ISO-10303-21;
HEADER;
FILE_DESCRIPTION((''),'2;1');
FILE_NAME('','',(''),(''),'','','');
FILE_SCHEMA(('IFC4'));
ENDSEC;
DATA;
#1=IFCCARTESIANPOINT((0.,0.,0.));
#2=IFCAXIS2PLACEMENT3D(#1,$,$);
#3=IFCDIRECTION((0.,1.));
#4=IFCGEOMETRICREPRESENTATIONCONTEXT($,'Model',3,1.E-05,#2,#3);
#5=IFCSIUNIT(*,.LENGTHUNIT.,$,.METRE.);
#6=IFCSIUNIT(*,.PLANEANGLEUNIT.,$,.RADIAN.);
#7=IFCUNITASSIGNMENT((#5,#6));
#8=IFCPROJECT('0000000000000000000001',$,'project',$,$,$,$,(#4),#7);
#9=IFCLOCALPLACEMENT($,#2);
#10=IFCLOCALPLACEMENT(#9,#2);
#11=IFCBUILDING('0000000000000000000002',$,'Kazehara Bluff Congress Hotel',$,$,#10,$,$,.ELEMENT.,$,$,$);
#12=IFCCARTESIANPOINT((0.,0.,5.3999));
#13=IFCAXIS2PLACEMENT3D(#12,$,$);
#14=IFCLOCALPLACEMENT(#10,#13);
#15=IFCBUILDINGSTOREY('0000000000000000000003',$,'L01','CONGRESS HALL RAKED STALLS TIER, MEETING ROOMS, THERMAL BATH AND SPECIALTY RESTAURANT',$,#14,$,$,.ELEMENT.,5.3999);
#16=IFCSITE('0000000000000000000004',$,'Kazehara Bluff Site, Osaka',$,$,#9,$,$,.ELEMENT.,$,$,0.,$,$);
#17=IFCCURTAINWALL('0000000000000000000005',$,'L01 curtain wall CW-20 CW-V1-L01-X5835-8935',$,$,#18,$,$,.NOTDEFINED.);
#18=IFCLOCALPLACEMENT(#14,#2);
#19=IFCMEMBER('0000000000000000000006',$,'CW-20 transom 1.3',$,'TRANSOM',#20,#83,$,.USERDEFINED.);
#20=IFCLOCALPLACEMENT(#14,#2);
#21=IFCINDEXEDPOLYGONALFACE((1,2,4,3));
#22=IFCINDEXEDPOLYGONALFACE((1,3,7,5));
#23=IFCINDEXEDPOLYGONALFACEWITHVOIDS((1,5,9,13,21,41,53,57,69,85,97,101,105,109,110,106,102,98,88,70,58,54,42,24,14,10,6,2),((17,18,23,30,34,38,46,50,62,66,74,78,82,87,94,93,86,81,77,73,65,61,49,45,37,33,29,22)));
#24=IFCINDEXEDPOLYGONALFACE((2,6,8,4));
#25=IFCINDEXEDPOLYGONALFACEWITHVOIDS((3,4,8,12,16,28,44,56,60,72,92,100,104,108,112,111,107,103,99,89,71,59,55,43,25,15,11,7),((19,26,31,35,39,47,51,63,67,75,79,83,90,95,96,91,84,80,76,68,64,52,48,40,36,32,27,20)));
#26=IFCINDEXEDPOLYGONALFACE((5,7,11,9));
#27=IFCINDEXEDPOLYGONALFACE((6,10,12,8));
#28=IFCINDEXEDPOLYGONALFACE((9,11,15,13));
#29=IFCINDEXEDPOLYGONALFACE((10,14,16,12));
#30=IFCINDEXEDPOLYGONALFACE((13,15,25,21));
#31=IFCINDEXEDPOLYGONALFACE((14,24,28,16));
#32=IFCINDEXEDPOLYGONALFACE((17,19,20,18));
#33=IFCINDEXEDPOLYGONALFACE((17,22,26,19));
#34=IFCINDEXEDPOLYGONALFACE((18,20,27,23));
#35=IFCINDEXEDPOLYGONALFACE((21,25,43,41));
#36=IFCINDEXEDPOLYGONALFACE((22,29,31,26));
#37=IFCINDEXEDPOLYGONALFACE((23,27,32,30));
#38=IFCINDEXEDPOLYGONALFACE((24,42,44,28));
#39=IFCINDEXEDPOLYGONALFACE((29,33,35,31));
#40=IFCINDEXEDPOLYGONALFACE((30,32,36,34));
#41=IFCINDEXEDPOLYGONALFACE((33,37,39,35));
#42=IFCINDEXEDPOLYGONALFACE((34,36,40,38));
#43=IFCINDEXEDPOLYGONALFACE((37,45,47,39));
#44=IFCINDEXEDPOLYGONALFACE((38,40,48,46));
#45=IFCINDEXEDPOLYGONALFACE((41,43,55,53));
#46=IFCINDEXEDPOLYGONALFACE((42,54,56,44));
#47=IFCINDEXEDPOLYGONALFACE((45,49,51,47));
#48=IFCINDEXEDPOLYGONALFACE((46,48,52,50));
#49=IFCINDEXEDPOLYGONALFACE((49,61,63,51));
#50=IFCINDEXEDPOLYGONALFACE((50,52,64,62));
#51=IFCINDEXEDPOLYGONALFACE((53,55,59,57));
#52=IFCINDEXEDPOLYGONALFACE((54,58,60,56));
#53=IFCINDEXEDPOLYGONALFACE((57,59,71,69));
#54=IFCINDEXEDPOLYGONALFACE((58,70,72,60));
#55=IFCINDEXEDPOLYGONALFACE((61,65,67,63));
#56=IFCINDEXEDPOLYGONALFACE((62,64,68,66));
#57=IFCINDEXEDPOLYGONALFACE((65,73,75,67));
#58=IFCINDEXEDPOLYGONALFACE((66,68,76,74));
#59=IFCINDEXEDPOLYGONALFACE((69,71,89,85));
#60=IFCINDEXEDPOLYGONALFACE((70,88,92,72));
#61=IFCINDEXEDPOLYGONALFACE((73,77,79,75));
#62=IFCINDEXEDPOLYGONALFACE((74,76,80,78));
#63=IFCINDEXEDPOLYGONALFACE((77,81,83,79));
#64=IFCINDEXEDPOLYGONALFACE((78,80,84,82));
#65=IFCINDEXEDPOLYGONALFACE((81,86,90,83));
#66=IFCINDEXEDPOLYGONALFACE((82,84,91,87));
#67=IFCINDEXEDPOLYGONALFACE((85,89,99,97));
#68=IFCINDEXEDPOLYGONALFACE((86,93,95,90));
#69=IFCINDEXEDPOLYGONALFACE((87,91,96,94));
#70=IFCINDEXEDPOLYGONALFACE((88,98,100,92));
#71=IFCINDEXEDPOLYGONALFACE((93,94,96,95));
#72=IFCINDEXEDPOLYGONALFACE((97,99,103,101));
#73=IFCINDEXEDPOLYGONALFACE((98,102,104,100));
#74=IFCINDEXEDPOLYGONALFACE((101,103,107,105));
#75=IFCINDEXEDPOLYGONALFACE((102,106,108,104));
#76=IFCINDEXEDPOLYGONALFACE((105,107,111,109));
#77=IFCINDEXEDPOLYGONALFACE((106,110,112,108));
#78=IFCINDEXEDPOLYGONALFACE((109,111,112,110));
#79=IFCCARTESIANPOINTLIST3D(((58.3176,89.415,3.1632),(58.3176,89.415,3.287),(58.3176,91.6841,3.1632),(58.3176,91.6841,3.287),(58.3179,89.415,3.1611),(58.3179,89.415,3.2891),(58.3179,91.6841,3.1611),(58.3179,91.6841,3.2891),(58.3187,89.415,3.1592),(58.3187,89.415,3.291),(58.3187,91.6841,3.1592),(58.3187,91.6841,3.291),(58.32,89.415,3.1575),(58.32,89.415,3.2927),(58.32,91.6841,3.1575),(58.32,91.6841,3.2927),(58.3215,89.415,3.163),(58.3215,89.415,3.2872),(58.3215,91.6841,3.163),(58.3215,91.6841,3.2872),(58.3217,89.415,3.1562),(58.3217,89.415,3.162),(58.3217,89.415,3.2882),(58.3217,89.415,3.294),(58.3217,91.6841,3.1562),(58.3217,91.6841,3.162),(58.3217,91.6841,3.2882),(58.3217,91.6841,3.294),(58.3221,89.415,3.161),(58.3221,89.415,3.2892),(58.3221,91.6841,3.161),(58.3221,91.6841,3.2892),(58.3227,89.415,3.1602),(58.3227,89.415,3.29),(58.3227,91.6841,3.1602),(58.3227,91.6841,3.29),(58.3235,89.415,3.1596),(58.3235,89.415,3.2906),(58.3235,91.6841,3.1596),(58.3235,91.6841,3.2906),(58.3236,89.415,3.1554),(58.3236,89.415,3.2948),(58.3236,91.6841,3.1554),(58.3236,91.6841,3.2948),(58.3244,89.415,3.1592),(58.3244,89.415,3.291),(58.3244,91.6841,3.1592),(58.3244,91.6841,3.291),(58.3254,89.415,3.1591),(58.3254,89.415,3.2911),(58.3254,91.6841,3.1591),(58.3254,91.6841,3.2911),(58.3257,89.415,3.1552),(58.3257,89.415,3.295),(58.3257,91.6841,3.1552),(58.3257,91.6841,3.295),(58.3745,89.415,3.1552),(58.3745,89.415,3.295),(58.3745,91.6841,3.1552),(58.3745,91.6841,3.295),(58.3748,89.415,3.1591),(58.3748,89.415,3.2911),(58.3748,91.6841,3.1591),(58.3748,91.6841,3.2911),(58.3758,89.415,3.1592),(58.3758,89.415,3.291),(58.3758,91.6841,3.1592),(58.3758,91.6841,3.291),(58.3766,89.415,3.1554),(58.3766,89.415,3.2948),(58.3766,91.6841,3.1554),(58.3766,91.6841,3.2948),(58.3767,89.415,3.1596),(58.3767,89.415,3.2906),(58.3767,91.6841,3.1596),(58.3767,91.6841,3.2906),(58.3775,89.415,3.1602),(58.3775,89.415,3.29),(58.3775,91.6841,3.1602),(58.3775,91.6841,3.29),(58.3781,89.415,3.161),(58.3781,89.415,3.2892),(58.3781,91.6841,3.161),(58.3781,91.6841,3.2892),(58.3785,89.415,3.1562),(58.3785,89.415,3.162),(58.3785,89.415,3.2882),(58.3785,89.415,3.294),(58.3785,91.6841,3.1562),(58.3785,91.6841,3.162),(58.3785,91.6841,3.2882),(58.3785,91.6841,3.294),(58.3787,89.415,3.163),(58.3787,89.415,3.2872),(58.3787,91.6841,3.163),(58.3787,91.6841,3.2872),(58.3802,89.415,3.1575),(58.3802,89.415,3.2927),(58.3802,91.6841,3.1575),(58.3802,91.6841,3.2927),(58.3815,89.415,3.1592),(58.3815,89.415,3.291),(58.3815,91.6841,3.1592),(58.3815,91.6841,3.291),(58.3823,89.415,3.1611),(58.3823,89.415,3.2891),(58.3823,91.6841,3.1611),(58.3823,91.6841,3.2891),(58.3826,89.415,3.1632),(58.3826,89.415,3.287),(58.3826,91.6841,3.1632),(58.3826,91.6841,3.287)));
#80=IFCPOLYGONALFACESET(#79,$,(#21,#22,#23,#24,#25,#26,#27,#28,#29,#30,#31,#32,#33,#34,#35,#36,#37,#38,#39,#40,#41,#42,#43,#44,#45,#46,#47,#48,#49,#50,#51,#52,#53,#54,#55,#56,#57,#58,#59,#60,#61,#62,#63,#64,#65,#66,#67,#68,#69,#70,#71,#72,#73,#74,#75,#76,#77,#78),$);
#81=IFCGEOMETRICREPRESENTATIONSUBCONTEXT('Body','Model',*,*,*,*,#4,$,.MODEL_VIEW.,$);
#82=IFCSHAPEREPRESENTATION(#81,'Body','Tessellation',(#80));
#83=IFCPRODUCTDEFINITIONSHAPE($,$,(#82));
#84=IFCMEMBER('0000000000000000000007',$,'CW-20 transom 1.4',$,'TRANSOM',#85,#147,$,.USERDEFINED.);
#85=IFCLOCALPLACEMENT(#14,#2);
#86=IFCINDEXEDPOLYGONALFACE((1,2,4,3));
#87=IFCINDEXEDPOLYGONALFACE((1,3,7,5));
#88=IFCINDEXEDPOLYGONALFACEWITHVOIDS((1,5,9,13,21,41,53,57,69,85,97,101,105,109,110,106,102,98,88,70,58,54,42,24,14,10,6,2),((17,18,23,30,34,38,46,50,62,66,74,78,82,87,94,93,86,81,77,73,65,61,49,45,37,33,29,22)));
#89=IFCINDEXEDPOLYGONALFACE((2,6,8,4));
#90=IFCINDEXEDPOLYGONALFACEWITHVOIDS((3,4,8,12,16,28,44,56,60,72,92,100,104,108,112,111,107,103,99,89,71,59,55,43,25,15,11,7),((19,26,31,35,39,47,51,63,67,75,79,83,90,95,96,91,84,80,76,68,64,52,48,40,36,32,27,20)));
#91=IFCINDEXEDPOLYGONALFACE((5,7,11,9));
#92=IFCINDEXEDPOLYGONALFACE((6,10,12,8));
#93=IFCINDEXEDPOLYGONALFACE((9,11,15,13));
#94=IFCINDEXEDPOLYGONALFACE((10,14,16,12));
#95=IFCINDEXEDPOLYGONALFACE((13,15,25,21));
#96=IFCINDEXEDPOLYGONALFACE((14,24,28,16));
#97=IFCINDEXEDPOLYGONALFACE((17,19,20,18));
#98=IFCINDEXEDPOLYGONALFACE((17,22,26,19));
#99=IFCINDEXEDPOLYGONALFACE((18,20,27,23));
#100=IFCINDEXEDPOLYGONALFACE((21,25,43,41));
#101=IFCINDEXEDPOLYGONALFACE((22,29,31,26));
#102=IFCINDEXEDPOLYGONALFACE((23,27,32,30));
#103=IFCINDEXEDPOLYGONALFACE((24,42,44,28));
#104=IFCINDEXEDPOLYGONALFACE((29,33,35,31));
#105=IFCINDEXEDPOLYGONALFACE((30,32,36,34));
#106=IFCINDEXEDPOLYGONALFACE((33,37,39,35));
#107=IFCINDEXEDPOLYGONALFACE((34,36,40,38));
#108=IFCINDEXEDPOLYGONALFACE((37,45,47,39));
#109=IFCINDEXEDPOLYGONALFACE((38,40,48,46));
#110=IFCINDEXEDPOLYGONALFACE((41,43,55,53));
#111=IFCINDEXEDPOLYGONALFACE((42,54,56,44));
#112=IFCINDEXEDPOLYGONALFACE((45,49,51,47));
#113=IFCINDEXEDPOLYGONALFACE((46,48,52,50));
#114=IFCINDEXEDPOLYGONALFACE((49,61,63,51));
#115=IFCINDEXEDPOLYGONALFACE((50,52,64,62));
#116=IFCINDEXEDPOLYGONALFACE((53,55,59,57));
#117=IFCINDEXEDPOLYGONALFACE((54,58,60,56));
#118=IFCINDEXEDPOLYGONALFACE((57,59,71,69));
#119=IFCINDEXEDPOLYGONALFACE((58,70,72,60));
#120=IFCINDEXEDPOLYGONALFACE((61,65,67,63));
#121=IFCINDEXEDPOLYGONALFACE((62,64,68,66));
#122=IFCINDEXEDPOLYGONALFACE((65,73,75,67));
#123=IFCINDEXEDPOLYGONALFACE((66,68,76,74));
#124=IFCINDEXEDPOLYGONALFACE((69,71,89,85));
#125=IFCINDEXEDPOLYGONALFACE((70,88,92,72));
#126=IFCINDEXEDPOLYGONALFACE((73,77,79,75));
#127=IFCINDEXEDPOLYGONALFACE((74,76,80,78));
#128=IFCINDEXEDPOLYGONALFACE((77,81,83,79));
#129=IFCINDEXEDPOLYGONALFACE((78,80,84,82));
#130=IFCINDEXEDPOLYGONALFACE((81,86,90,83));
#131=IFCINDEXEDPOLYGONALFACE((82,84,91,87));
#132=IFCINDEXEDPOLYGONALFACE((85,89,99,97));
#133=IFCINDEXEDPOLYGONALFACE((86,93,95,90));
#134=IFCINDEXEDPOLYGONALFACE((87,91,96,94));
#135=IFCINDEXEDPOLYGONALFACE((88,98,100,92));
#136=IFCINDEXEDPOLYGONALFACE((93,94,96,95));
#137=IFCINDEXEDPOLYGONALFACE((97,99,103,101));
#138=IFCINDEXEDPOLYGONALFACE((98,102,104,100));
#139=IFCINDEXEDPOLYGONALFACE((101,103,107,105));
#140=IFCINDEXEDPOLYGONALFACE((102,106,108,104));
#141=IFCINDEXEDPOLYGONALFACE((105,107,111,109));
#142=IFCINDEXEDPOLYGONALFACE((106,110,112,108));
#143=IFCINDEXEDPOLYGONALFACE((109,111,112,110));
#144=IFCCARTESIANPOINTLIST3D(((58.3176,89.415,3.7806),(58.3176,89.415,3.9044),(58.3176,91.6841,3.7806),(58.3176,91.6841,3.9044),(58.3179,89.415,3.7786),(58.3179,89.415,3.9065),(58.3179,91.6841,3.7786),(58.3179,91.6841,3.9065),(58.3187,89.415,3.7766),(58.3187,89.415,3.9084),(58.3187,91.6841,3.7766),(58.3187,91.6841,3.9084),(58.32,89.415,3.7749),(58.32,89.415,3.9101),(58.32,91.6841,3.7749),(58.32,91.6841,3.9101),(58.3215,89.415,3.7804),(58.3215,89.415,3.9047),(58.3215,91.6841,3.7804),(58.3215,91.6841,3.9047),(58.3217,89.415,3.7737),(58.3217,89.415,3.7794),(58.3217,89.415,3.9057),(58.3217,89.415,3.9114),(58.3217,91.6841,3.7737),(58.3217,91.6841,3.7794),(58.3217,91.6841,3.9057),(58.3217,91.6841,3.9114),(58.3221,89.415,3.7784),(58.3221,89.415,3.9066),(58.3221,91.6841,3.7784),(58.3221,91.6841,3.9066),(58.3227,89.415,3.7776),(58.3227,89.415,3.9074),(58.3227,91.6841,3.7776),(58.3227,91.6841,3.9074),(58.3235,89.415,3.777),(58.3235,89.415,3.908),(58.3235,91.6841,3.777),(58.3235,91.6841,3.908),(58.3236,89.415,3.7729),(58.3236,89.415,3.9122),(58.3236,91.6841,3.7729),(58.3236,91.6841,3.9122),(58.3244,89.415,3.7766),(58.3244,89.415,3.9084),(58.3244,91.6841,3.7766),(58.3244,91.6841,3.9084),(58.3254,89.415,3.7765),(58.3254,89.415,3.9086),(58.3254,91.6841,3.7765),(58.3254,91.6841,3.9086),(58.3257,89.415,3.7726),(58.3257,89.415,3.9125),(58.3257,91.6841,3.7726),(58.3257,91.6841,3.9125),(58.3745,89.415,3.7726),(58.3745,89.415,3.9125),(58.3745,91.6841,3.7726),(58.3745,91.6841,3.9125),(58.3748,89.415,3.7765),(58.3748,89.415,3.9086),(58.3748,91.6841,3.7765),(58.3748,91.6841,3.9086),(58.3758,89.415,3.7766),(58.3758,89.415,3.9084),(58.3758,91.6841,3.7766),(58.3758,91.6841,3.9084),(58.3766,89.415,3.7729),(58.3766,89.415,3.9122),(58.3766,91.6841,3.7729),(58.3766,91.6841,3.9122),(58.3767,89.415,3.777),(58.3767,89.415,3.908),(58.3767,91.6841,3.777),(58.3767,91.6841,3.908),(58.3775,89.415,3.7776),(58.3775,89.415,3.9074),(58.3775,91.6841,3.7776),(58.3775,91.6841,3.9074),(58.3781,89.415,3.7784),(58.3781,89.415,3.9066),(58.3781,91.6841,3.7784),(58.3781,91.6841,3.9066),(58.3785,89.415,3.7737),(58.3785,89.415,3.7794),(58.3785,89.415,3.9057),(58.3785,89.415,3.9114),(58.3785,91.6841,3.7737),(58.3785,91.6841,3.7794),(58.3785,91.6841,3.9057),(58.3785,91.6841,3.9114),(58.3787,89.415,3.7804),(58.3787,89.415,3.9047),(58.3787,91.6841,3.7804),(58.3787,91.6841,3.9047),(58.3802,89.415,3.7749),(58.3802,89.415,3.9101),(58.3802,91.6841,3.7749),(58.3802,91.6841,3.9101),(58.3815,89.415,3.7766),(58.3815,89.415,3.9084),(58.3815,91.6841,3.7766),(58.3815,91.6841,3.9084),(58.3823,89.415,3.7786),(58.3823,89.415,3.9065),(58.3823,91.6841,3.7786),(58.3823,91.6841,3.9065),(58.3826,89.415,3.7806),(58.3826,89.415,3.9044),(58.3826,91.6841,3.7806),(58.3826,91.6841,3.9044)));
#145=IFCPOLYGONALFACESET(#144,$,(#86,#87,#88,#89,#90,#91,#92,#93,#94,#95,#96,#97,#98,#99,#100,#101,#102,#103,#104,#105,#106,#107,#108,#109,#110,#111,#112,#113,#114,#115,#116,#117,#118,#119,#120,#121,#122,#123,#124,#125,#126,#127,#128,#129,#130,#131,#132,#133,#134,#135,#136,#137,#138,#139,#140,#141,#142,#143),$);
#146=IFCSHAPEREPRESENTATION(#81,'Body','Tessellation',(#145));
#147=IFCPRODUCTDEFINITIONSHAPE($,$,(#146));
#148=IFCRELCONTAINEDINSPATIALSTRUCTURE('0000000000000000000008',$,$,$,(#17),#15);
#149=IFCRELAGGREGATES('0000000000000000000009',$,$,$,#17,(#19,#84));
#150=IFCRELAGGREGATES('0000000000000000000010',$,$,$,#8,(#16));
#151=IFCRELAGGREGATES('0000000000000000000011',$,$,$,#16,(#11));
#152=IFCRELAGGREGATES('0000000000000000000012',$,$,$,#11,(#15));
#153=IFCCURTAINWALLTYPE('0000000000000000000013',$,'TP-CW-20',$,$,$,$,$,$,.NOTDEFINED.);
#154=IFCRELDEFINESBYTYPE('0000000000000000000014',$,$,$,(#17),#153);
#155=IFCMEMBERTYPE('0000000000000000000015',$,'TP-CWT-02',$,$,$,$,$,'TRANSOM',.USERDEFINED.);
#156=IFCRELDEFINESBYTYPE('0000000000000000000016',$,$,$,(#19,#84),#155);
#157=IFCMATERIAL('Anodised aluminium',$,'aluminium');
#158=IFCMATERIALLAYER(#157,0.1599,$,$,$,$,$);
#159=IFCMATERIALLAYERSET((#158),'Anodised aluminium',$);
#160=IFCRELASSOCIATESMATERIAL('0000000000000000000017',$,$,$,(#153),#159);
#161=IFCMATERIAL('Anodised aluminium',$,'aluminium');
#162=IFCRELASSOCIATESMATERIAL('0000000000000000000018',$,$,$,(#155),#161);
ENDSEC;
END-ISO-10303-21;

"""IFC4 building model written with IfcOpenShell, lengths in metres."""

from ifc_helpers import new_model, si_unit, direction, frame, origin, origin_2d, place, context, subcontext, project, spatial, hollow_rectangle, extrude, material, layer, layer_set, material_profile, profile_set, type_object, element, aggregate, save


model = new_model("IFC4")

# Units and contexts
model_context = context("Model", 3, precision=1e-05, world=origin(), true_north=direction((0.0, 1.0)))
body_context = subcontext(model_context, "Body", "Model", "MODEL_VIEW")
ifc_project = project(units=[si_unit("LENGTHUNIT", "METRE"), si_unit("PLANEANGLEUNIT", "RADIAN")], contexts=[model_context])

# Site, building, storey
site_placement = place(None, origin())
site = spatial("IfcSite", under=ifc_project, at=site_placement, Name="Kazehara Bluff Site, Osaka", CompositionType="ELEMENT", RefElevation=0.0)
building_placement = place(site_placement, origin())
building = spatial("IfcBuilding", under=site, at=building_placement, Name="Kazehara Bluff Congress Hotel", CompositionType="ELEMENT")
storey_placement = place(building_placement, frame((0.0, 0.0, 5.3999)))
storey = spatial("IfcBuildingStorey", under=building, at=storey_placement, Name="L01", Description="CONGRESS HALL RAKED STALLS TIER, MEETING ROOMS, THERMAL BATH AND SPECIALTY RESTAURANT", CompositionType="ELEMENT", Elevation=5.3999)

# Curtain wall, members
ifc_material_1 = material(Name="Anodised aluminium", Category="aluminium")
ifc_layer_1 = layer(ifc_material_1, 0.1599)
ifc_layer_set_1 = layer_set([ifc_layer_1], Name="Anodised aluminium")
curtain_wall_type = type_object("IfcCurtainWallType", Name="TP-CW-20", PredefinedType="NOTDEFINED", material=ifc_layer_set_1)
curtain_wall_placement = place(storey_placement, origin())
curtain_wall = element("IfcCurtainWall", 1, at=curtain_wall_placement, inside=storey, type_object=curtain_wall_type, Name="L01 curtain wall CW-20 CW-V1-L01-X5835-8935", PredefinedType="NOTDEFINED")
ifc_material_2 = material(Name="Anodised aluminium", Category="aluminium")
ifc_material_profile_1 = material_profile(ifc_material_2, hollow_rectangle(XDim=0.0649, YDim=0.1399, WallThickness=0.0039, InnerFilletRadius=0.0039, OuterFilletRadius=0.0081, at=origin_2d()))
ifc_profile_set_1 = profile_set([ifc_material_profile_1], Name="Anodised aluminium")
member_type_1 = type_object("IfcMemberType", Name="TP-CWT-02", ElementType="TRANSOM", PredefinedType="USERDEFINED", material=ifc_profile_set_1)
member_1_placement = place(storey_placement, frame((58.3501, 89.415, 3.2251), z_axis=(0.0, 1.0, 0.0), x_axis=(-1.0, 0.0, 0.0)))
member_1 = element("IfcMember", 2, at=member_1_placement, type_object=member_type_1, Name="CW-20 transom 1.3", ObjectType="TRANSOM", PredefinedType="USERDEFINED", context=body_context, shape_type="SweptSolid", body=[
    extrude(hollow_rectangle(XDim=0.0649, YDim=0.1399, WallThickness=0.0039, InnerFilletRadius=0.0039, OuterFilletRadius=0.0081, at=origin_2d()), origin(), (0.0, 0.0, 1.0), 2.269),
])
member_2_placement = place(storey_placement, frame((58.3501, 89.415, 3.8425), z_axis=(0.0, 1.0, 0.0), x_axis=(-1.0, 0.0, 0.0)))
member_2 = element("IfcMember", 3, at=member_2_placement, type_object=member_type_1, Name="CW-20 transom 1.4", ObjectType="TRANSOM", PredefinedType="USERDEFINED", context=body_context, shape_type="SweptSolid", body=[
    extrude(hollow_rectangle(XDim=0.0649, YDim=0.1399, WallThickness=0.0039, InnerFilletRadius=0.0039, OuterFilletRadius=0.0081, at=origin_2d()), origin(), (0.0, 0.0, 1.0), 2.269),
])

aggregate(curtain_wall, [member_1, member_2])

save(model, "model.ifc")
